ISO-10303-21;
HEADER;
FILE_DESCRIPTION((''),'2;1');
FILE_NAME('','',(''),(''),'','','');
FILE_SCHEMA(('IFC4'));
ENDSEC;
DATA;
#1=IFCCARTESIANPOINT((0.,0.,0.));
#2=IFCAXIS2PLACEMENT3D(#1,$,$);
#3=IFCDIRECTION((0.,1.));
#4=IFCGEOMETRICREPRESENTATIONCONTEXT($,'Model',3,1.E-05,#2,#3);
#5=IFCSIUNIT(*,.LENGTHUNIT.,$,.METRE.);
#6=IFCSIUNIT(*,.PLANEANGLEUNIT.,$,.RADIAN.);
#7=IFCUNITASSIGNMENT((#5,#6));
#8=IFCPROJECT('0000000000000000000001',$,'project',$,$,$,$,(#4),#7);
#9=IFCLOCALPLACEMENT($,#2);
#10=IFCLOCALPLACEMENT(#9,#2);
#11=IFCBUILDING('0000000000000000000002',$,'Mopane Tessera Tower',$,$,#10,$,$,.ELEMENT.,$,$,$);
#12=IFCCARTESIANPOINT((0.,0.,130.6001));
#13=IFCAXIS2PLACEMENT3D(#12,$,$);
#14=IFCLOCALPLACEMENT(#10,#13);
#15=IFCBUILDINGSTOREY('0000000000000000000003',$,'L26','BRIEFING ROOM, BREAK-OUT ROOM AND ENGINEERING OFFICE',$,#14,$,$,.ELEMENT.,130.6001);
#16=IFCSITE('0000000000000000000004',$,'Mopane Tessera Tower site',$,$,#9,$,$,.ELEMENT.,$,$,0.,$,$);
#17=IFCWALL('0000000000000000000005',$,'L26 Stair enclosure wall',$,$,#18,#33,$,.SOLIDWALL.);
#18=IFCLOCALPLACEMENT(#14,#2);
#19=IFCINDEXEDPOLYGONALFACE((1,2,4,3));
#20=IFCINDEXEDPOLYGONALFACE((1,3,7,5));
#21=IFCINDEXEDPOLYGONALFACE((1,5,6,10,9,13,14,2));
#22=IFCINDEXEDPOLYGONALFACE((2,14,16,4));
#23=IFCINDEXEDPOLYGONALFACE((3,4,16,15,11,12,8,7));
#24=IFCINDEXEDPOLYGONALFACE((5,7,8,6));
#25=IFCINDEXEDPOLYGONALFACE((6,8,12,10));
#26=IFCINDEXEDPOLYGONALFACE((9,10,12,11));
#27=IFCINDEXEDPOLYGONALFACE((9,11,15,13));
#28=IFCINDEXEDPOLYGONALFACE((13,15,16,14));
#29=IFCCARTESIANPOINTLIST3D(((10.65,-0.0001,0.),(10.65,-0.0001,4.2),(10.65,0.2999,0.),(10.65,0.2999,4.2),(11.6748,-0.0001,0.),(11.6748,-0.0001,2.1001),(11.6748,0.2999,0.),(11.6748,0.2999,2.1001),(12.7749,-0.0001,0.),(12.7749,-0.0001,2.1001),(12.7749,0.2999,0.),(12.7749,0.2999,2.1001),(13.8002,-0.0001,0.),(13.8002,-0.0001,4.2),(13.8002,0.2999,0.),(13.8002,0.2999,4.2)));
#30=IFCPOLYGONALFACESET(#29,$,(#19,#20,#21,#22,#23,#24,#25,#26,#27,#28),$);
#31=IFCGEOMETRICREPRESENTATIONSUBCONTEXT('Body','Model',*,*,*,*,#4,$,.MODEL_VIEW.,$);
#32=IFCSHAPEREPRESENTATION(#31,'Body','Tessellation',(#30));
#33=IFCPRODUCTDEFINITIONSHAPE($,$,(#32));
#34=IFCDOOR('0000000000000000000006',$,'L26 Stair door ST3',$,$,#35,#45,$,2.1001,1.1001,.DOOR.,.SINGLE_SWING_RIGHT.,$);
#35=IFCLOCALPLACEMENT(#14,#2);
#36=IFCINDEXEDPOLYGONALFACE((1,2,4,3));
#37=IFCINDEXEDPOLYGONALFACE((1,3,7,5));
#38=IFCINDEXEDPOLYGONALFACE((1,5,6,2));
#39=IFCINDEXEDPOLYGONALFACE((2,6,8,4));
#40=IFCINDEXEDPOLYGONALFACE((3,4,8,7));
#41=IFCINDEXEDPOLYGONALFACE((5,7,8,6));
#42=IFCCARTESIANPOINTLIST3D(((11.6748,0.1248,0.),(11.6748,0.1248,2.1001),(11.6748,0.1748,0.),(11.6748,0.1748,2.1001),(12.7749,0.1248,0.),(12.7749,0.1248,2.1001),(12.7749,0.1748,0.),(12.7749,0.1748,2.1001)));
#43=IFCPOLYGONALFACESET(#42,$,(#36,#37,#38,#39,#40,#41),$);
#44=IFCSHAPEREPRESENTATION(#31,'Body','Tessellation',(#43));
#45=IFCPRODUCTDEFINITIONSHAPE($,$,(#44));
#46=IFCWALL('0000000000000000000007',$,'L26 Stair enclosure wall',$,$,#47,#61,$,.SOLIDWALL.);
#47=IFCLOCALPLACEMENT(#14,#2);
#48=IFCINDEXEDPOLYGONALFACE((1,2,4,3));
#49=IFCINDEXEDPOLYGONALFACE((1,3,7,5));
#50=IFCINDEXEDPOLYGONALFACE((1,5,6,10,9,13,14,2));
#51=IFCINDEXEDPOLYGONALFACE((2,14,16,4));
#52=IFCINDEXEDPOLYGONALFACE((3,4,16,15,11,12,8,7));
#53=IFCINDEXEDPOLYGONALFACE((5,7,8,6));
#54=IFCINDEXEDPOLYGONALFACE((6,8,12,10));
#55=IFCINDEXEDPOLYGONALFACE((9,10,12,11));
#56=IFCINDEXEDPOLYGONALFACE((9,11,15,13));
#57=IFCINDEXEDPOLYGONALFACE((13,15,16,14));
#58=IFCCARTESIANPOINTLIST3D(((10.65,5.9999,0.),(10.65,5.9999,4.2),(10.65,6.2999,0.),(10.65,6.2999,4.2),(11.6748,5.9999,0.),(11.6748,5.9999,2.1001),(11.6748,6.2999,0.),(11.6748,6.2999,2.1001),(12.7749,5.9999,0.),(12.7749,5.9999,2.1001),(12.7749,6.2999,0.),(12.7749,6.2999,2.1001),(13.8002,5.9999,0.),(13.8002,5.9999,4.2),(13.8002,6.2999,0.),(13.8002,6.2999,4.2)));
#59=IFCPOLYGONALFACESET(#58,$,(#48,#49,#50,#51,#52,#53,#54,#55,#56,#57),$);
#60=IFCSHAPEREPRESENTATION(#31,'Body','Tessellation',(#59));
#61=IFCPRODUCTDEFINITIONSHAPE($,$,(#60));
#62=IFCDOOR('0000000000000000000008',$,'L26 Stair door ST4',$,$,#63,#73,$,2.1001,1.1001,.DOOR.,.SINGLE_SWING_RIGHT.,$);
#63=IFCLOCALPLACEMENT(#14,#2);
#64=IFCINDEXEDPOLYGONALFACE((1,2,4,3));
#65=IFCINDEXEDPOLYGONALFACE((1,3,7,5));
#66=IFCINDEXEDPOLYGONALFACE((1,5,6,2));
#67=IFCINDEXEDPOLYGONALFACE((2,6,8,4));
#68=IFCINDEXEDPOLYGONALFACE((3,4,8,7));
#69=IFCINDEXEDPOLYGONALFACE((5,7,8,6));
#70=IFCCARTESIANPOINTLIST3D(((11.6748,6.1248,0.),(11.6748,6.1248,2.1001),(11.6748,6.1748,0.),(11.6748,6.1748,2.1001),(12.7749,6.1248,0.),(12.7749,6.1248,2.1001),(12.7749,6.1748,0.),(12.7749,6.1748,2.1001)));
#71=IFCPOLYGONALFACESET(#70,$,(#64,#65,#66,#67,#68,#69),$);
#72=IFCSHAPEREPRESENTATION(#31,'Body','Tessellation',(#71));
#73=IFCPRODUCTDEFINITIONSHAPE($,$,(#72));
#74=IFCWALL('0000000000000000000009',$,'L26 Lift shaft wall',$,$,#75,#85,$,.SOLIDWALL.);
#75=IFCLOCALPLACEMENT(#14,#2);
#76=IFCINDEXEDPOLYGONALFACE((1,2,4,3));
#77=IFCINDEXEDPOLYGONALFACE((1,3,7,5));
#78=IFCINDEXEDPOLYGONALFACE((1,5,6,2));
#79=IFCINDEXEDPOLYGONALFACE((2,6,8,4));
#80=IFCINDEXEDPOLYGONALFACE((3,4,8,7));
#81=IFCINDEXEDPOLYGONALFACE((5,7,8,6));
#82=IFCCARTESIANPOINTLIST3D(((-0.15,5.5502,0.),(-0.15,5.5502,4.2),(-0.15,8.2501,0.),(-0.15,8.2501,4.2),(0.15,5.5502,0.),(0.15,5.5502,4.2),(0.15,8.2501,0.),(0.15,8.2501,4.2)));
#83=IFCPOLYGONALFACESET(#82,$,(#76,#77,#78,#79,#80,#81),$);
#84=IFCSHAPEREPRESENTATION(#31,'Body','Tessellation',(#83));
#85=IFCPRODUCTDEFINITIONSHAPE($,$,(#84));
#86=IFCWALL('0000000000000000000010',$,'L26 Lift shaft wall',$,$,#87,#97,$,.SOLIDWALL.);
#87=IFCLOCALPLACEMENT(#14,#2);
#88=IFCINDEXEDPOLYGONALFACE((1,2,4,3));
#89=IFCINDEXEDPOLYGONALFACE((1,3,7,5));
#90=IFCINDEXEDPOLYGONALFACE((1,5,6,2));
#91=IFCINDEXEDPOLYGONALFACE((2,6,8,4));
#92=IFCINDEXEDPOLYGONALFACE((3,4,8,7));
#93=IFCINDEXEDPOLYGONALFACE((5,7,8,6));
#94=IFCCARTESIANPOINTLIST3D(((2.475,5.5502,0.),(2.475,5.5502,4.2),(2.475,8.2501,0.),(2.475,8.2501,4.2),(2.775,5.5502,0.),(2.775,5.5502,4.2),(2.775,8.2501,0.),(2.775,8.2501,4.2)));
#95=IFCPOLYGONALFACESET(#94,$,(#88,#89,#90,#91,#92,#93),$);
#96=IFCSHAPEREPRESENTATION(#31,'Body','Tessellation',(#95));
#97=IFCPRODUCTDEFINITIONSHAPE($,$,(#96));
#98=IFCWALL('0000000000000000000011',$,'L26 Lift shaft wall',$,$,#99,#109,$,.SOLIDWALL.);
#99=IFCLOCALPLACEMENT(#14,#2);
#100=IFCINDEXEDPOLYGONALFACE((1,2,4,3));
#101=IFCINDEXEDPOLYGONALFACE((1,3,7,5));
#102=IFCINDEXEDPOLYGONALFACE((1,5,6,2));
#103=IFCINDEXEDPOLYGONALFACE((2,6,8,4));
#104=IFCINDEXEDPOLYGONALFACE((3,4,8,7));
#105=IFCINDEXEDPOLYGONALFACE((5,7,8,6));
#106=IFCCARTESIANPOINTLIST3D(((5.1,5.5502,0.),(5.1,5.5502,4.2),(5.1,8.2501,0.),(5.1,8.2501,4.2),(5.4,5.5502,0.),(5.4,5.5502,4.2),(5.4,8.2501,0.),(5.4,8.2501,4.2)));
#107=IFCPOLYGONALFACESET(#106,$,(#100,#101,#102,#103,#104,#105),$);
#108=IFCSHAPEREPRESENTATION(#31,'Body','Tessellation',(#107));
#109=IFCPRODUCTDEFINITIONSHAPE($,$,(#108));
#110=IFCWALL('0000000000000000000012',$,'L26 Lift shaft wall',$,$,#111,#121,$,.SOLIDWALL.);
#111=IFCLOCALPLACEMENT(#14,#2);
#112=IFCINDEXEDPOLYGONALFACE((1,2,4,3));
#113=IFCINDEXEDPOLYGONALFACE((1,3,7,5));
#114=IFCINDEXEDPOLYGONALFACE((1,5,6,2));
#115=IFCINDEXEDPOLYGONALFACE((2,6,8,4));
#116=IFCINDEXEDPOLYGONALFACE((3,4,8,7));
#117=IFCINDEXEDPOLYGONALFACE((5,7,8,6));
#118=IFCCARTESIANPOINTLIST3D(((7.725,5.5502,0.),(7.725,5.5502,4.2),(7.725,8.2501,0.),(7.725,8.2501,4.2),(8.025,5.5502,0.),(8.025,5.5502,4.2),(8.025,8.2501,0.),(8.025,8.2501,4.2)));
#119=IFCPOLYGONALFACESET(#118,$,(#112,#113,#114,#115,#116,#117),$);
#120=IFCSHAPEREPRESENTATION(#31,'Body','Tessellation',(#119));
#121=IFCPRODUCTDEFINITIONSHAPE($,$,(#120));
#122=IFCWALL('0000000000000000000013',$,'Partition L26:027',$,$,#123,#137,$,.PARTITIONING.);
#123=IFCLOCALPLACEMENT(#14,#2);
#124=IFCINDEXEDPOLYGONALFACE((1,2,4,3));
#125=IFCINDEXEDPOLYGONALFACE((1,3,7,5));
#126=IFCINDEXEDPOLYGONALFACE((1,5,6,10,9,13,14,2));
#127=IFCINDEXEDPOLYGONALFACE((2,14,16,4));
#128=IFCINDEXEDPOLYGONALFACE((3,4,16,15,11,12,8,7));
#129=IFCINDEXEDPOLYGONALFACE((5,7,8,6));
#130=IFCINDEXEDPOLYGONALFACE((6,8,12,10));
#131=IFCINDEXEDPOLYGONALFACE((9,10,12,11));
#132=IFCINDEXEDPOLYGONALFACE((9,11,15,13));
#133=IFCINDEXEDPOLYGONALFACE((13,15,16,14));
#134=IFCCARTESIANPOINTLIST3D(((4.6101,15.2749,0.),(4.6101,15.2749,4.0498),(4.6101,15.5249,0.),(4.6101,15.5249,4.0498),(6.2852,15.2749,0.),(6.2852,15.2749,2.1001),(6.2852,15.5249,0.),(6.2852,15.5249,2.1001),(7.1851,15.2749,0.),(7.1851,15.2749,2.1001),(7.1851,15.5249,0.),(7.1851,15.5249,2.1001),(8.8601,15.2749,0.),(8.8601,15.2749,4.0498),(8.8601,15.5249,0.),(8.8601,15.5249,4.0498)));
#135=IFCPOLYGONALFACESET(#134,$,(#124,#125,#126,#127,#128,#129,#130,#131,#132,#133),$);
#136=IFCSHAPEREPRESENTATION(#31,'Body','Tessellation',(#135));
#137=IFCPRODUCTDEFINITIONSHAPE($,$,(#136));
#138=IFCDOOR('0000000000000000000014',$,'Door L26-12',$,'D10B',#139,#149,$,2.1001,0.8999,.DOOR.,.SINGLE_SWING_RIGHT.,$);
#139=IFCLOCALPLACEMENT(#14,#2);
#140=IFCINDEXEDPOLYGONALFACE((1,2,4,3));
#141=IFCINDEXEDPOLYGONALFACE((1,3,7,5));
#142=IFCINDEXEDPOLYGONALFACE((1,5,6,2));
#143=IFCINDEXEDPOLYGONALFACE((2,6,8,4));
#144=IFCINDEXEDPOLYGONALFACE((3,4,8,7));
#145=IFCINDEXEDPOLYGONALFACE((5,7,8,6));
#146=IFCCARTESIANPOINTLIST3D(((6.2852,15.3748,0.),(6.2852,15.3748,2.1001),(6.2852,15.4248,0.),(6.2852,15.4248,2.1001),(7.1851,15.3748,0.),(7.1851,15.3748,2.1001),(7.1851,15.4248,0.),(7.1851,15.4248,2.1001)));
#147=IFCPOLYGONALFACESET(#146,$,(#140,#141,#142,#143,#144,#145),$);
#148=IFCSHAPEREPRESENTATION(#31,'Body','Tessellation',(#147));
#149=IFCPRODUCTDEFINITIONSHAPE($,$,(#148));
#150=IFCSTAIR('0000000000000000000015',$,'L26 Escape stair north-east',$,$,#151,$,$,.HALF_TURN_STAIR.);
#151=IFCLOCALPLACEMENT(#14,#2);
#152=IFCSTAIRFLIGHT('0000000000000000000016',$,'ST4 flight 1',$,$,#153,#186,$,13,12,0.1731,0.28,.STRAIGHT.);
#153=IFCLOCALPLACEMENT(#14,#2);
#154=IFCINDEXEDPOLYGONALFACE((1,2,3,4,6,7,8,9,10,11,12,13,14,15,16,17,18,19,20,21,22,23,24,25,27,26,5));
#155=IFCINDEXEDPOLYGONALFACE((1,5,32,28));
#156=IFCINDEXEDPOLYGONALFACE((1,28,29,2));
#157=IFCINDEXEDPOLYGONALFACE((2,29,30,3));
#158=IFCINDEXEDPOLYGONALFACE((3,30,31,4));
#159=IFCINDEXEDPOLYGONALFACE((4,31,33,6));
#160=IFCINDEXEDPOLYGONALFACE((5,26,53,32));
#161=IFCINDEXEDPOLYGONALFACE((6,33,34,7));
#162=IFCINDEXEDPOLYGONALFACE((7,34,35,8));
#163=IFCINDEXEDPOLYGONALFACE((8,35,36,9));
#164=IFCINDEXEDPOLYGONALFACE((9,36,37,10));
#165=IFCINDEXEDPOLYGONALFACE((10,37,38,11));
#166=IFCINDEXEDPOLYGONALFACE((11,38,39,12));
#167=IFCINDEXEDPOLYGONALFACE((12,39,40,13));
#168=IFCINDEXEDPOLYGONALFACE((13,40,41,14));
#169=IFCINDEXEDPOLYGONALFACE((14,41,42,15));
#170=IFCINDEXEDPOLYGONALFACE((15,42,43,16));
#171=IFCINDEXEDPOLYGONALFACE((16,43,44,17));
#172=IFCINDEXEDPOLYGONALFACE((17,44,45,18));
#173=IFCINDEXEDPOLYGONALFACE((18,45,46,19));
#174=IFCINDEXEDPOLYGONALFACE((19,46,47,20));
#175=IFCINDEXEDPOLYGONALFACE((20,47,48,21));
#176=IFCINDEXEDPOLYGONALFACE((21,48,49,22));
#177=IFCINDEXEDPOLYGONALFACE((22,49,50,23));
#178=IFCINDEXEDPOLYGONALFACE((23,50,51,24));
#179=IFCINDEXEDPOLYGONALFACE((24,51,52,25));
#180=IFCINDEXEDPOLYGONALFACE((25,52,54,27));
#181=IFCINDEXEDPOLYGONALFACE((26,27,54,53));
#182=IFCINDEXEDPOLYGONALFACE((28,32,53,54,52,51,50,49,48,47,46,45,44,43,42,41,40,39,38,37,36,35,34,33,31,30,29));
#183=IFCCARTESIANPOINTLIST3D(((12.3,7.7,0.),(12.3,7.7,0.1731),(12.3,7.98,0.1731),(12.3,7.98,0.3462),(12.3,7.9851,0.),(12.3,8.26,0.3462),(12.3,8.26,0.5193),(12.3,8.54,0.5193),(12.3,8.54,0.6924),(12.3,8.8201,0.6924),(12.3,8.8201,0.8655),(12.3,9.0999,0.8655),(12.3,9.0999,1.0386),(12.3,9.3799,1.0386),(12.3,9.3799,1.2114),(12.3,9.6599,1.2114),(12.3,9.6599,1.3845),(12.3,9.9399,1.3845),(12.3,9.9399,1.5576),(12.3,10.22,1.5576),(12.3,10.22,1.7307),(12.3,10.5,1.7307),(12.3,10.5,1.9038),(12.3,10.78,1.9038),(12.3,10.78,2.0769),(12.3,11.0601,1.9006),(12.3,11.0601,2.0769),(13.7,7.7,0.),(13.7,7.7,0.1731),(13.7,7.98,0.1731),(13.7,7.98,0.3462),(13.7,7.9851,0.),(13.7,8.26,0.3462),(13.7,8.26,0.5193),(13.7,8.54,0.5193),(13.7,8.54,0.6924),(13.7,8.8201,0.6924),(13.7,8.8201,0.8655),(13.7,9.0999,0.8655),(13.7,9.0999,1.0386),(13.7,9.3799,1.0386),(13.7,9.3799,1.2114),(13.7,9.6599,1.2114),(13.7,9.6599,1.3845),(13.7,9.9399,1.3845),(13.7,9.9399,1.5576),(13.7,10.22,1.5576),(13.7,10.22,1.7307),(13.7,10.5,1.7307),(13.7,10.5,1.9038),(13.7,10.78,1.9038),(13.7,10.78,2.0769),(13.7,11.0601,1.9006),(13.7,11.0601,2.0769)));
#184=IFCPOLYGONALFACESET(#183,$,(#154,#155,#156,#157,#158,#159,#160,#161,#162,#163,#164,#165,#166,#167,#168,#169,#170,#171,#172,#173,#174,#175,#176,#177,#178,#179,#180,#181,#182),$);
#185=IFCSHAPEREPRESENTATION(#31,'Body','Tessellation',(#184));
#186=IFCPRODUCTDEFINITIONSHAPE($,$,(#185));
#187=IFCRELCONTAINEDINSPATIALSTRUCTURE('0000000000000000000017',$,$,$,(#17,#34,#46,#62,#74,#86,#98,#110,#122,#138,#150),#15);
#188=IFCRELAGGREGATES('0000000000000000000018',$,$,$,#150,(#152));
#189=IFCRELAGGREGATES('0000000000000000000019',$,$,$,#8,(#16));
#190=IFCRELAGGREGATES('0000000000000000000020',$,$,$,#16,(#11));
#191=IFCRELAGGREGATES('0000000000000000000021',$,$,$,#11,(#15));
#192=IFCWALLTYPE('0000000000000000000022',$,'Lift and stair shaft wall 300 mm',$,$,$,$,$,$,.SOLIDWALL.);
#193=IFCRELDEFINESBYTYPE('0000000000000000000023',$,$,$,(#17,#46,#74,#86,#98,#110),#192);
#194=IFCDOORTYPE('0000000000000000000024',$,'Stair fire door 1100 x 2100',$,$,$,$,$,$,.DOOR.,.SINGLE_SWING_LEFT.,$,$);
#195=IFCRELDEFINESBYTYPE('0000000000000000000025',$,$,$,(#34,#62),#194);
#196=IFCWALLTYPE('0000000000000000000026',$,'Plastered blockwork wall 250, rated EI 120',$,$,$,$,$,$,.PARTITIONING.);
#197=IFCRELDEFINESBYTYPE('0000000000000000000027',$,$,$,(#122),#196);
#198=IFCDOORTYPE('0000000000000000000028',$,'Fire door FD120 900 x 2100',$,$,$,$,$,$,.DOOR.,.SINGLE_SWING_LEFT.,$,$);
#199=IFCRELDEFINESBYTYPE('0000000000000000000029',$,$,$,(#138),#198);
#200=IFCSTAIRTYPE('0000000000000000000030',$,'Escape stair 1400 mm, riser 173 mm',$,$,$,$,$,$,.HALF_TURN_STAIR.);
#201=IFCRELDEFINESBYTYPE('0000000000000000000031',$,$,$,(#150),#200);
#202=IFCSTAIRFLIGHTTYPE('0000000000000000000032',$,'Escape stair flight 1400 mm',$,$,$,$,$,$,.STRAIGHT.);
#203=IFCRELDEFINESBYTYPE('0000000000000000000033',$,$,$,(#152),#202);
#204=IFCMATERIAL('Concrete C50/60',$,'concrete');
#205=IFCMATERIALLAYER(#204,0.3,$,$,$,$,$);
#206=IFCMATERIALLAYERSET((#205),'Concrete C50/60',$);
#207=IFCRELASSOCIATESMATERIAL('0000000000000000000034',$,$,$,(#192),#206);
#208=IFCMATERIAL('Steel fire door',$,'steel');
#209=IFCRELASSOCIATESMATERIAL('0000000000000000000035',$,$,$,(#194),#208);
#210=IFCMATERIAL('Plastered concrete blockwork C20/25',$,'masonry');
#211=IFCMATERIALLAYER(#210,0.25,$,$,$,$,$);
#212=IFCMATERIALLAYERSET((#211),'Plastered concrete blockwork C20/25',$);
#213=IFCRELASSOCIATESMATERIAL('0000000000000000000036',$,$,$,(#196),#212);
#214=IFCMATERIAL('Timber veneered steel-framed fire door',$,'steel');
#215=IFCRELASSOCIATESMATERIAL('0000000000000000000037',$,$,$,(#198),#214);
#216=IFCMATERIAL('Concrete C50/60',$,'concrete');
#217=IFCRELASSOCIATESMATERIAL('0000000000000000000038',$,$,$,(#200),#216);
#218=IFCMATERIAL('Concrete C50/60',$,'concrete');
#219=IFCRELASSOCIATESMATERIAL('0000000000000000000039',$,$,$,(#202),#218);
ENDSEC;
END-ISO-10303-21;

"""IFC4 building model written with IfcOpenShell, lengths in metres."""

from ifc_helpers import new_model, si_unit, direction, frame, frame_2d, origin, place, context, subcontext, project, spatial, polyline, rectangle, outline, extrude, material, layer, layer_set, type_object, element, fill, aggregate, save


model = new_model("IFC4")

# Units and contexts
model_context = context("Model", 3, precision=1e-05, world=origin(), true_north=direction((0.0, 1.0)))
body_context = subcontext(model_context, "Body", "Model", "MODEL_VIEW")
ifc_project = project(units=[si_unit("LENGTHUNIT", "METRE"), si_unit("PLANEANGLEUNIT", "RADIAN")], contexts=[model_context])

# Site, building, storey
site_placement = place(None, origin())
site = spatial("IfcSite", under=ifc_project, at=site_placement, Name="Mopane Tessera Tower site", CompositionType="ELEMENT", RefElevation=0.0)
building_placement = place(site_placement, origin())
building = spatial("IfcBuilding", under=site, at=building_placement, Name="Mopane Tessera Tower", CompositionType="ELEMENT")
storey_placement = place(building_placement, frame((0.0, 0.0, 130.6001)))
storey = spatial("IfcBuildingStorey", under=building, at=storey_placement, Name="L26", Description="BRIEFING ROOM, BREAK-OUT ROOM AND ENGINEERING OFFICE", CompositionType="ELEMENT", Elevation=130.6001)

# Walls, openings, doors
ifc_material_1 = material(Name="Concrete C50/60", Category="concrete")
ifc_layer_1 = layer(ifc_material_1, 0.3)
ifc_layer_set_1 = layer_set([ifc_layer_1], Name="Concrete C50/60")
wall_type_1 = type_object("IfcWallType", Name="Lift and stair shaft wall 300 mm", PredefinedType="SOLIDWALL", material=ifc_layer_set_1)
wall_1_placement = place(storey_placement, frame((10.6499, 0.1499, 0.0), z_axis=(0.0, 0.0, 1.0), x_axis=(1.0, 0.0, 0.0)))
wall_1 = element("IfcWall", 1, at=wall_1_placement, inside=storey, type_object=wall_type_1, Name="L26 Stair enclosure wall", PredefinedType="SOLIDWALL", context=body_context, shape_type="SweptSolid", body=[
    extrude(rectangle(XDim=3.1501, YDim=0.3, at=frame_2d((1.5752, 0.0))), origin(), (0.0, 0.0, 1.0), 4.2),
])
opening_1_placement = place(wall_1_placement, frame((1.0249, 0.0, 0.0)))
opening_1 = element("IfcOpeningElement", 2, at=opening_1_placement, cuts=wall_1, PredefinedType="OPENING", context=body_context, shape_type="SweptSolid", body=[
    extrude(rectangle(XDim=1.1001, YDim=2.1001, at=frame_2d((0.55, 1.05))), frame((0.0, 0.1621, 0.0), z_axis=(0.0, -1.0, 0.0), x_axis=(1.0, 0.0, 0.0)), (0.0, 0.0, 1.0), 0.324),
])
ifc_material_2 = material(Name="Steel fire door", Category="steel")
door_type_1 = type_object("IfcDoorType", Name="Stair fire door 1100 x 2100", OperationType="SINGLE_SWING_LEFT", PredefinedType="DOOR", material=ifc_material_2)
door_1_placement = place(opening_1_placement, origin())
door_1 = element("IfcDoor", 3, at=door_1_placement, inside=storey, type_object=door_type_1, Name="L26 Stair door ST3", OperationType="SINGLE_SWING_RIGHT", OverallHeight=2.1001, OverallWidth=1.1001, PredefinedType="DOOR", context=body_context, shape_type="SweptSolid", body=[
    extrude(rectangle(XDim=1.1001, YDim=2.1001, at=frame_2d((0.55, 1.05))), frame((0.0, 0.0249, 0.0), z_axis=(0.0, -1.0, 0.0), x_axis=(1.0, 0.0, 0.0)), (0.0, 0.0, 1.0), 0.05),
])
fill(opening_1, door_1)
wall_2_placement = place(storey_placement, frame((10.6499, 6.1499, 0.0), z_axis=(0.0, 0.0, 1.0), x_axis=(1.0, 0.0, 0.0)))
wall_2 = element("IfcWall", 4, at=wall_2_placement, inside=storey, type_object=wall_type_1, Name="L26 Stair enclosure wall", PredefinedType="SOLIDWALL", context=body_context, shape_type="SweptSolid", body=[
    extrude(rectangle(XDim=3.1501, YDim=0.3, at=frame_2d((1.5752, 0.0))), origin(), (0.0, 0.0, 1.0), 4.2),
])
opening_2_placement = place(wall_2_placement, frame((1.0249, 0.0, 0.0)))
opening_2 = element("IfcOpeningElement", 5, at=opening_2_placement, cuts=wall_2, PredefinedType="OPENING", context=body_context, shape_type="SweptSolid", body=[
    extrude(rectangle(XDim=1.1001, YDim=2.1001, at=frame_2d((0.55, 1.05))), frame((0.0, 0.1621, 0.0), z_axis=(0.0, -1.0, 0.0), x_axis=(1.0, 0.0, 0.0)), (0.0, 0.0, 1.0), 0.324),
])
door_2_placement = place(opening_2_placement, origin())
door_2 = element("IfcDoor", 6, at=door_2_placement, inside=storey, type_object=door_type_1, Name="L26 Stair door ST4", OperationType="SINGLE_SWING_RIGHT", OverallHeight=2.1001, OverallWidth=1.1001, PredefinedType="DOOR", context=body_context, shape_type="SweptSolid", body=[
    extrude(rectangle(XDim=1.1001, YDim=2.1001, at=frame_2d((0.55, 1.05))), frame((0.0, 0.0249, 0.0), z_axis=(0.0, -1.0, 0.0), x_axis=(1.0, 0.0, 0.0)), (0.0, 0.0, 1.0), 0.05),
])
fill(opening_2, door_2)

# Walls
for number, where, z_axis, x_axis, name in (
    (7, (0.0, 5.55, 0.0), (0.0, 0.0, 1.0), (0.0, 1.0, 0.0), "L26 Lift shaft wall"),
    (8, (2.625, 5.55, 0.0), (0.0, 0.0, 1.0), (0.0, 1.0, 0.0), "L26 Lift shaft wall"),
    (9, (5.25, 5.55, 0.0), (0.0, 0.0, 1.0), (0.0, 1.0, 0.0), "L26 Lift shaft wall"),
    (10, (7.875, 5.55, 0.0), (0.0, 0.0, 1.0), (0.0, 1.0, 0.0), "L26 Lift shaft wall"),
):
    element("IfcWall", number, at=place(storey_placement, frame(where, z_axis=z_axis, x_axis=x_axis)), inside=storey, type_object=wall_type_1, Name=name, PredefinedType="SOLIDWALL", context=body_context, shape_type="SweptSolid", body=[
        extrude(rectangle(XDim=2.7, YDim=0.3, at=frame_2d((1.3501, 0.0))), origin(), (0.0, 0.0, 1.0), 4.2),
    ])

# Wall, opening, door
ifc_material_3 = material(Name="Plastered concrete blockwork C20/25", Category="masonry")
ifc_layer_2 = layer(ifc_material_3, 0.25)
ifc_layer_set_2 = layer_set([ifc_layer_2], Name="Plastered concrete blockwork C20/25")
wall_type_2 = type_object("IfcWallType", Name="Plastered blockwork wall 250, rated EI 120", PredefinedType="PARTITIONING", material=ifc_layer_set_2)
wall_3_placement = place(storey_placement, frame((4.6101, 15.3999, 0.0), z_axis=(0.0, 0.0, 1.0), x_axis=(1.0, 0.0, 0.0)))
wall_3 = element("IfcWall", 11, at=wall_3_placement, inside=storey, type_object=wall_type_2, Name="Partition L26:027", PredefinedType="PARTITIONING", context=body_context, shape_type="SweptSolid", body=[
    extrude(rectangle(XDim=4.25, YDim=0.25, at=frame_2d((2.125, 0.0))), origin(), (0.0, 0.0, 1.0), 4.0498),
])
opening_3_placement = place(wall_3_placement, frame((1.675, 0.0, 0.0)))
opening_3 = element("IfcOpeningElement", 12, at=opening_3_placement, cuts=wall_3, PredefinedType="OPENING", context=body_context, shape_type="SweptSolid", body=[
    extrude(rectangle(XDim=0.8999, YDim=2.1001, at=frame_2d((0.45, 1.05))), frame((0.0, 0.137, 0.0), z_axis=(0.0, -1.0, 0.0), x_axis=(1.0, 0.0, 0.0)), (0.0, 0.0, 1.0), 0.2739),
])
ifc_material_4 = material(Name="Timber veneered steel-framed fire door", Category="steel")
door_type_2 = type_object("IfcDoorType", Name="Fire door FD120 900 x 2100", OperationType="SINGLE_SWING_LEFT", PredefinedType="DOOR", material=ifc_material_4)
door_3_placement = place(opening_3_placement, origin())
door_3 = element("IfcDoor", 13, at=door_3_placement, inside=storey, type_object=door_type_2, Name="Door L26-12", ObjectType="D10B", OperationType="SINGLE_SWING_RIGHT", OverallHeight=2.1001, OverallWidth=0.8999, PredefinedType="DOOR", context=body_context, shape_type="SweptSolid", body=[
    extrude(rectangle(XDim=0.8999, YDim=2.1001, at=frame_2d((0.45, 1.05))), frame((0.0, 0.0249, 0.0), z_axis=(0.0, -1.0, 0.0), x_axis=(1.0, 0.0, 0.0)), (0.0, 0.0, 1.0), 0.05),
])
fill(opening_3, door_3)

# Stair, stair flight
ifc_material_5 = material(Name="Concrete C50/60", Category="concrete")
stair_type = type_object("IfcStairType", Name="Escape stair 1400 mm, riser 173 mm", PredefinedType="HALF_TURN_STAIR", material=ifc_material_5)
stair_placement = place(storey_placement, origin())
stair = element("IfcStair", 14, at=stair_placement, inside=storey, type_object=stair_type, Name="L26 Escape stair north-east", PredefinedType="HALF_TURN_STAIR")
ifc_material_6 = material(Name="Concrete C50/60", Category="concrete")
stair_flight_type = type_object("IfcStairFlightType", Name="Escape stair flight 1400 mm", PredefinedType="STRAIGHT", material=ifc_material_6)
stair_flight_1_placement = place(storey_placement, frame((13.0, 7.7, 0.0), z_axis=(0.0, 0.0, 1.0), x_axis=(0.0, 1.0, 0.0)))
stair_flight_1 = element("IfcStairFlight", 15, at=stair_flight_1_placement, type_object=stair_flight_type, Name="ST4 flight 1", NumberOfRisers=13, NumberOfTreads=12, PredefinedType="STRAIGHT", RiserHeight=0.1731, TreadLength=0.28, context=body_context, shape_type="SweptSolid", body=[
    extrude(outline(polyline([(0.0, 0.0), (0.0, 0.1731), (0.28, 0.1731), (0.28, 0.3462), (0.5601, 0.3462), (0.5601, 0.5193), (0.8401, 0.5193), (0.8401, 0.6924), (1.1201, 0.6924), (1.1201, 0.8655), (1.3999, 0.8655), (1.3999, 1.0386), (1.6799, 1.0386), (1.6799, 1.2114), (1.96, 1.2114), (1.96, 1.3845), (2.24, 1.3845), (2.24, 1.5576), (2.52, 1.5576), (2.52, 1.7307), (2.8, 1.7307), (2.8, 1.9038), (3.0801, 1.9038), (3.0801, 2.0769), (3.3601, 2.0769), (3.3601, 2.25), (3.3601, 1.9006), (0.2852, 0.0), (0.0, 0.0)])), frame((0.0, 0.7, 0.0), z_axis=(0.0, -1.0, 0.0), x_axis=(1.0, 0.0, 0.0)), (0.0, 0.0, 1.0), 1.3999),
])
aggregate(stair, [stair_flight_1])

save(model, "model.ifc")
